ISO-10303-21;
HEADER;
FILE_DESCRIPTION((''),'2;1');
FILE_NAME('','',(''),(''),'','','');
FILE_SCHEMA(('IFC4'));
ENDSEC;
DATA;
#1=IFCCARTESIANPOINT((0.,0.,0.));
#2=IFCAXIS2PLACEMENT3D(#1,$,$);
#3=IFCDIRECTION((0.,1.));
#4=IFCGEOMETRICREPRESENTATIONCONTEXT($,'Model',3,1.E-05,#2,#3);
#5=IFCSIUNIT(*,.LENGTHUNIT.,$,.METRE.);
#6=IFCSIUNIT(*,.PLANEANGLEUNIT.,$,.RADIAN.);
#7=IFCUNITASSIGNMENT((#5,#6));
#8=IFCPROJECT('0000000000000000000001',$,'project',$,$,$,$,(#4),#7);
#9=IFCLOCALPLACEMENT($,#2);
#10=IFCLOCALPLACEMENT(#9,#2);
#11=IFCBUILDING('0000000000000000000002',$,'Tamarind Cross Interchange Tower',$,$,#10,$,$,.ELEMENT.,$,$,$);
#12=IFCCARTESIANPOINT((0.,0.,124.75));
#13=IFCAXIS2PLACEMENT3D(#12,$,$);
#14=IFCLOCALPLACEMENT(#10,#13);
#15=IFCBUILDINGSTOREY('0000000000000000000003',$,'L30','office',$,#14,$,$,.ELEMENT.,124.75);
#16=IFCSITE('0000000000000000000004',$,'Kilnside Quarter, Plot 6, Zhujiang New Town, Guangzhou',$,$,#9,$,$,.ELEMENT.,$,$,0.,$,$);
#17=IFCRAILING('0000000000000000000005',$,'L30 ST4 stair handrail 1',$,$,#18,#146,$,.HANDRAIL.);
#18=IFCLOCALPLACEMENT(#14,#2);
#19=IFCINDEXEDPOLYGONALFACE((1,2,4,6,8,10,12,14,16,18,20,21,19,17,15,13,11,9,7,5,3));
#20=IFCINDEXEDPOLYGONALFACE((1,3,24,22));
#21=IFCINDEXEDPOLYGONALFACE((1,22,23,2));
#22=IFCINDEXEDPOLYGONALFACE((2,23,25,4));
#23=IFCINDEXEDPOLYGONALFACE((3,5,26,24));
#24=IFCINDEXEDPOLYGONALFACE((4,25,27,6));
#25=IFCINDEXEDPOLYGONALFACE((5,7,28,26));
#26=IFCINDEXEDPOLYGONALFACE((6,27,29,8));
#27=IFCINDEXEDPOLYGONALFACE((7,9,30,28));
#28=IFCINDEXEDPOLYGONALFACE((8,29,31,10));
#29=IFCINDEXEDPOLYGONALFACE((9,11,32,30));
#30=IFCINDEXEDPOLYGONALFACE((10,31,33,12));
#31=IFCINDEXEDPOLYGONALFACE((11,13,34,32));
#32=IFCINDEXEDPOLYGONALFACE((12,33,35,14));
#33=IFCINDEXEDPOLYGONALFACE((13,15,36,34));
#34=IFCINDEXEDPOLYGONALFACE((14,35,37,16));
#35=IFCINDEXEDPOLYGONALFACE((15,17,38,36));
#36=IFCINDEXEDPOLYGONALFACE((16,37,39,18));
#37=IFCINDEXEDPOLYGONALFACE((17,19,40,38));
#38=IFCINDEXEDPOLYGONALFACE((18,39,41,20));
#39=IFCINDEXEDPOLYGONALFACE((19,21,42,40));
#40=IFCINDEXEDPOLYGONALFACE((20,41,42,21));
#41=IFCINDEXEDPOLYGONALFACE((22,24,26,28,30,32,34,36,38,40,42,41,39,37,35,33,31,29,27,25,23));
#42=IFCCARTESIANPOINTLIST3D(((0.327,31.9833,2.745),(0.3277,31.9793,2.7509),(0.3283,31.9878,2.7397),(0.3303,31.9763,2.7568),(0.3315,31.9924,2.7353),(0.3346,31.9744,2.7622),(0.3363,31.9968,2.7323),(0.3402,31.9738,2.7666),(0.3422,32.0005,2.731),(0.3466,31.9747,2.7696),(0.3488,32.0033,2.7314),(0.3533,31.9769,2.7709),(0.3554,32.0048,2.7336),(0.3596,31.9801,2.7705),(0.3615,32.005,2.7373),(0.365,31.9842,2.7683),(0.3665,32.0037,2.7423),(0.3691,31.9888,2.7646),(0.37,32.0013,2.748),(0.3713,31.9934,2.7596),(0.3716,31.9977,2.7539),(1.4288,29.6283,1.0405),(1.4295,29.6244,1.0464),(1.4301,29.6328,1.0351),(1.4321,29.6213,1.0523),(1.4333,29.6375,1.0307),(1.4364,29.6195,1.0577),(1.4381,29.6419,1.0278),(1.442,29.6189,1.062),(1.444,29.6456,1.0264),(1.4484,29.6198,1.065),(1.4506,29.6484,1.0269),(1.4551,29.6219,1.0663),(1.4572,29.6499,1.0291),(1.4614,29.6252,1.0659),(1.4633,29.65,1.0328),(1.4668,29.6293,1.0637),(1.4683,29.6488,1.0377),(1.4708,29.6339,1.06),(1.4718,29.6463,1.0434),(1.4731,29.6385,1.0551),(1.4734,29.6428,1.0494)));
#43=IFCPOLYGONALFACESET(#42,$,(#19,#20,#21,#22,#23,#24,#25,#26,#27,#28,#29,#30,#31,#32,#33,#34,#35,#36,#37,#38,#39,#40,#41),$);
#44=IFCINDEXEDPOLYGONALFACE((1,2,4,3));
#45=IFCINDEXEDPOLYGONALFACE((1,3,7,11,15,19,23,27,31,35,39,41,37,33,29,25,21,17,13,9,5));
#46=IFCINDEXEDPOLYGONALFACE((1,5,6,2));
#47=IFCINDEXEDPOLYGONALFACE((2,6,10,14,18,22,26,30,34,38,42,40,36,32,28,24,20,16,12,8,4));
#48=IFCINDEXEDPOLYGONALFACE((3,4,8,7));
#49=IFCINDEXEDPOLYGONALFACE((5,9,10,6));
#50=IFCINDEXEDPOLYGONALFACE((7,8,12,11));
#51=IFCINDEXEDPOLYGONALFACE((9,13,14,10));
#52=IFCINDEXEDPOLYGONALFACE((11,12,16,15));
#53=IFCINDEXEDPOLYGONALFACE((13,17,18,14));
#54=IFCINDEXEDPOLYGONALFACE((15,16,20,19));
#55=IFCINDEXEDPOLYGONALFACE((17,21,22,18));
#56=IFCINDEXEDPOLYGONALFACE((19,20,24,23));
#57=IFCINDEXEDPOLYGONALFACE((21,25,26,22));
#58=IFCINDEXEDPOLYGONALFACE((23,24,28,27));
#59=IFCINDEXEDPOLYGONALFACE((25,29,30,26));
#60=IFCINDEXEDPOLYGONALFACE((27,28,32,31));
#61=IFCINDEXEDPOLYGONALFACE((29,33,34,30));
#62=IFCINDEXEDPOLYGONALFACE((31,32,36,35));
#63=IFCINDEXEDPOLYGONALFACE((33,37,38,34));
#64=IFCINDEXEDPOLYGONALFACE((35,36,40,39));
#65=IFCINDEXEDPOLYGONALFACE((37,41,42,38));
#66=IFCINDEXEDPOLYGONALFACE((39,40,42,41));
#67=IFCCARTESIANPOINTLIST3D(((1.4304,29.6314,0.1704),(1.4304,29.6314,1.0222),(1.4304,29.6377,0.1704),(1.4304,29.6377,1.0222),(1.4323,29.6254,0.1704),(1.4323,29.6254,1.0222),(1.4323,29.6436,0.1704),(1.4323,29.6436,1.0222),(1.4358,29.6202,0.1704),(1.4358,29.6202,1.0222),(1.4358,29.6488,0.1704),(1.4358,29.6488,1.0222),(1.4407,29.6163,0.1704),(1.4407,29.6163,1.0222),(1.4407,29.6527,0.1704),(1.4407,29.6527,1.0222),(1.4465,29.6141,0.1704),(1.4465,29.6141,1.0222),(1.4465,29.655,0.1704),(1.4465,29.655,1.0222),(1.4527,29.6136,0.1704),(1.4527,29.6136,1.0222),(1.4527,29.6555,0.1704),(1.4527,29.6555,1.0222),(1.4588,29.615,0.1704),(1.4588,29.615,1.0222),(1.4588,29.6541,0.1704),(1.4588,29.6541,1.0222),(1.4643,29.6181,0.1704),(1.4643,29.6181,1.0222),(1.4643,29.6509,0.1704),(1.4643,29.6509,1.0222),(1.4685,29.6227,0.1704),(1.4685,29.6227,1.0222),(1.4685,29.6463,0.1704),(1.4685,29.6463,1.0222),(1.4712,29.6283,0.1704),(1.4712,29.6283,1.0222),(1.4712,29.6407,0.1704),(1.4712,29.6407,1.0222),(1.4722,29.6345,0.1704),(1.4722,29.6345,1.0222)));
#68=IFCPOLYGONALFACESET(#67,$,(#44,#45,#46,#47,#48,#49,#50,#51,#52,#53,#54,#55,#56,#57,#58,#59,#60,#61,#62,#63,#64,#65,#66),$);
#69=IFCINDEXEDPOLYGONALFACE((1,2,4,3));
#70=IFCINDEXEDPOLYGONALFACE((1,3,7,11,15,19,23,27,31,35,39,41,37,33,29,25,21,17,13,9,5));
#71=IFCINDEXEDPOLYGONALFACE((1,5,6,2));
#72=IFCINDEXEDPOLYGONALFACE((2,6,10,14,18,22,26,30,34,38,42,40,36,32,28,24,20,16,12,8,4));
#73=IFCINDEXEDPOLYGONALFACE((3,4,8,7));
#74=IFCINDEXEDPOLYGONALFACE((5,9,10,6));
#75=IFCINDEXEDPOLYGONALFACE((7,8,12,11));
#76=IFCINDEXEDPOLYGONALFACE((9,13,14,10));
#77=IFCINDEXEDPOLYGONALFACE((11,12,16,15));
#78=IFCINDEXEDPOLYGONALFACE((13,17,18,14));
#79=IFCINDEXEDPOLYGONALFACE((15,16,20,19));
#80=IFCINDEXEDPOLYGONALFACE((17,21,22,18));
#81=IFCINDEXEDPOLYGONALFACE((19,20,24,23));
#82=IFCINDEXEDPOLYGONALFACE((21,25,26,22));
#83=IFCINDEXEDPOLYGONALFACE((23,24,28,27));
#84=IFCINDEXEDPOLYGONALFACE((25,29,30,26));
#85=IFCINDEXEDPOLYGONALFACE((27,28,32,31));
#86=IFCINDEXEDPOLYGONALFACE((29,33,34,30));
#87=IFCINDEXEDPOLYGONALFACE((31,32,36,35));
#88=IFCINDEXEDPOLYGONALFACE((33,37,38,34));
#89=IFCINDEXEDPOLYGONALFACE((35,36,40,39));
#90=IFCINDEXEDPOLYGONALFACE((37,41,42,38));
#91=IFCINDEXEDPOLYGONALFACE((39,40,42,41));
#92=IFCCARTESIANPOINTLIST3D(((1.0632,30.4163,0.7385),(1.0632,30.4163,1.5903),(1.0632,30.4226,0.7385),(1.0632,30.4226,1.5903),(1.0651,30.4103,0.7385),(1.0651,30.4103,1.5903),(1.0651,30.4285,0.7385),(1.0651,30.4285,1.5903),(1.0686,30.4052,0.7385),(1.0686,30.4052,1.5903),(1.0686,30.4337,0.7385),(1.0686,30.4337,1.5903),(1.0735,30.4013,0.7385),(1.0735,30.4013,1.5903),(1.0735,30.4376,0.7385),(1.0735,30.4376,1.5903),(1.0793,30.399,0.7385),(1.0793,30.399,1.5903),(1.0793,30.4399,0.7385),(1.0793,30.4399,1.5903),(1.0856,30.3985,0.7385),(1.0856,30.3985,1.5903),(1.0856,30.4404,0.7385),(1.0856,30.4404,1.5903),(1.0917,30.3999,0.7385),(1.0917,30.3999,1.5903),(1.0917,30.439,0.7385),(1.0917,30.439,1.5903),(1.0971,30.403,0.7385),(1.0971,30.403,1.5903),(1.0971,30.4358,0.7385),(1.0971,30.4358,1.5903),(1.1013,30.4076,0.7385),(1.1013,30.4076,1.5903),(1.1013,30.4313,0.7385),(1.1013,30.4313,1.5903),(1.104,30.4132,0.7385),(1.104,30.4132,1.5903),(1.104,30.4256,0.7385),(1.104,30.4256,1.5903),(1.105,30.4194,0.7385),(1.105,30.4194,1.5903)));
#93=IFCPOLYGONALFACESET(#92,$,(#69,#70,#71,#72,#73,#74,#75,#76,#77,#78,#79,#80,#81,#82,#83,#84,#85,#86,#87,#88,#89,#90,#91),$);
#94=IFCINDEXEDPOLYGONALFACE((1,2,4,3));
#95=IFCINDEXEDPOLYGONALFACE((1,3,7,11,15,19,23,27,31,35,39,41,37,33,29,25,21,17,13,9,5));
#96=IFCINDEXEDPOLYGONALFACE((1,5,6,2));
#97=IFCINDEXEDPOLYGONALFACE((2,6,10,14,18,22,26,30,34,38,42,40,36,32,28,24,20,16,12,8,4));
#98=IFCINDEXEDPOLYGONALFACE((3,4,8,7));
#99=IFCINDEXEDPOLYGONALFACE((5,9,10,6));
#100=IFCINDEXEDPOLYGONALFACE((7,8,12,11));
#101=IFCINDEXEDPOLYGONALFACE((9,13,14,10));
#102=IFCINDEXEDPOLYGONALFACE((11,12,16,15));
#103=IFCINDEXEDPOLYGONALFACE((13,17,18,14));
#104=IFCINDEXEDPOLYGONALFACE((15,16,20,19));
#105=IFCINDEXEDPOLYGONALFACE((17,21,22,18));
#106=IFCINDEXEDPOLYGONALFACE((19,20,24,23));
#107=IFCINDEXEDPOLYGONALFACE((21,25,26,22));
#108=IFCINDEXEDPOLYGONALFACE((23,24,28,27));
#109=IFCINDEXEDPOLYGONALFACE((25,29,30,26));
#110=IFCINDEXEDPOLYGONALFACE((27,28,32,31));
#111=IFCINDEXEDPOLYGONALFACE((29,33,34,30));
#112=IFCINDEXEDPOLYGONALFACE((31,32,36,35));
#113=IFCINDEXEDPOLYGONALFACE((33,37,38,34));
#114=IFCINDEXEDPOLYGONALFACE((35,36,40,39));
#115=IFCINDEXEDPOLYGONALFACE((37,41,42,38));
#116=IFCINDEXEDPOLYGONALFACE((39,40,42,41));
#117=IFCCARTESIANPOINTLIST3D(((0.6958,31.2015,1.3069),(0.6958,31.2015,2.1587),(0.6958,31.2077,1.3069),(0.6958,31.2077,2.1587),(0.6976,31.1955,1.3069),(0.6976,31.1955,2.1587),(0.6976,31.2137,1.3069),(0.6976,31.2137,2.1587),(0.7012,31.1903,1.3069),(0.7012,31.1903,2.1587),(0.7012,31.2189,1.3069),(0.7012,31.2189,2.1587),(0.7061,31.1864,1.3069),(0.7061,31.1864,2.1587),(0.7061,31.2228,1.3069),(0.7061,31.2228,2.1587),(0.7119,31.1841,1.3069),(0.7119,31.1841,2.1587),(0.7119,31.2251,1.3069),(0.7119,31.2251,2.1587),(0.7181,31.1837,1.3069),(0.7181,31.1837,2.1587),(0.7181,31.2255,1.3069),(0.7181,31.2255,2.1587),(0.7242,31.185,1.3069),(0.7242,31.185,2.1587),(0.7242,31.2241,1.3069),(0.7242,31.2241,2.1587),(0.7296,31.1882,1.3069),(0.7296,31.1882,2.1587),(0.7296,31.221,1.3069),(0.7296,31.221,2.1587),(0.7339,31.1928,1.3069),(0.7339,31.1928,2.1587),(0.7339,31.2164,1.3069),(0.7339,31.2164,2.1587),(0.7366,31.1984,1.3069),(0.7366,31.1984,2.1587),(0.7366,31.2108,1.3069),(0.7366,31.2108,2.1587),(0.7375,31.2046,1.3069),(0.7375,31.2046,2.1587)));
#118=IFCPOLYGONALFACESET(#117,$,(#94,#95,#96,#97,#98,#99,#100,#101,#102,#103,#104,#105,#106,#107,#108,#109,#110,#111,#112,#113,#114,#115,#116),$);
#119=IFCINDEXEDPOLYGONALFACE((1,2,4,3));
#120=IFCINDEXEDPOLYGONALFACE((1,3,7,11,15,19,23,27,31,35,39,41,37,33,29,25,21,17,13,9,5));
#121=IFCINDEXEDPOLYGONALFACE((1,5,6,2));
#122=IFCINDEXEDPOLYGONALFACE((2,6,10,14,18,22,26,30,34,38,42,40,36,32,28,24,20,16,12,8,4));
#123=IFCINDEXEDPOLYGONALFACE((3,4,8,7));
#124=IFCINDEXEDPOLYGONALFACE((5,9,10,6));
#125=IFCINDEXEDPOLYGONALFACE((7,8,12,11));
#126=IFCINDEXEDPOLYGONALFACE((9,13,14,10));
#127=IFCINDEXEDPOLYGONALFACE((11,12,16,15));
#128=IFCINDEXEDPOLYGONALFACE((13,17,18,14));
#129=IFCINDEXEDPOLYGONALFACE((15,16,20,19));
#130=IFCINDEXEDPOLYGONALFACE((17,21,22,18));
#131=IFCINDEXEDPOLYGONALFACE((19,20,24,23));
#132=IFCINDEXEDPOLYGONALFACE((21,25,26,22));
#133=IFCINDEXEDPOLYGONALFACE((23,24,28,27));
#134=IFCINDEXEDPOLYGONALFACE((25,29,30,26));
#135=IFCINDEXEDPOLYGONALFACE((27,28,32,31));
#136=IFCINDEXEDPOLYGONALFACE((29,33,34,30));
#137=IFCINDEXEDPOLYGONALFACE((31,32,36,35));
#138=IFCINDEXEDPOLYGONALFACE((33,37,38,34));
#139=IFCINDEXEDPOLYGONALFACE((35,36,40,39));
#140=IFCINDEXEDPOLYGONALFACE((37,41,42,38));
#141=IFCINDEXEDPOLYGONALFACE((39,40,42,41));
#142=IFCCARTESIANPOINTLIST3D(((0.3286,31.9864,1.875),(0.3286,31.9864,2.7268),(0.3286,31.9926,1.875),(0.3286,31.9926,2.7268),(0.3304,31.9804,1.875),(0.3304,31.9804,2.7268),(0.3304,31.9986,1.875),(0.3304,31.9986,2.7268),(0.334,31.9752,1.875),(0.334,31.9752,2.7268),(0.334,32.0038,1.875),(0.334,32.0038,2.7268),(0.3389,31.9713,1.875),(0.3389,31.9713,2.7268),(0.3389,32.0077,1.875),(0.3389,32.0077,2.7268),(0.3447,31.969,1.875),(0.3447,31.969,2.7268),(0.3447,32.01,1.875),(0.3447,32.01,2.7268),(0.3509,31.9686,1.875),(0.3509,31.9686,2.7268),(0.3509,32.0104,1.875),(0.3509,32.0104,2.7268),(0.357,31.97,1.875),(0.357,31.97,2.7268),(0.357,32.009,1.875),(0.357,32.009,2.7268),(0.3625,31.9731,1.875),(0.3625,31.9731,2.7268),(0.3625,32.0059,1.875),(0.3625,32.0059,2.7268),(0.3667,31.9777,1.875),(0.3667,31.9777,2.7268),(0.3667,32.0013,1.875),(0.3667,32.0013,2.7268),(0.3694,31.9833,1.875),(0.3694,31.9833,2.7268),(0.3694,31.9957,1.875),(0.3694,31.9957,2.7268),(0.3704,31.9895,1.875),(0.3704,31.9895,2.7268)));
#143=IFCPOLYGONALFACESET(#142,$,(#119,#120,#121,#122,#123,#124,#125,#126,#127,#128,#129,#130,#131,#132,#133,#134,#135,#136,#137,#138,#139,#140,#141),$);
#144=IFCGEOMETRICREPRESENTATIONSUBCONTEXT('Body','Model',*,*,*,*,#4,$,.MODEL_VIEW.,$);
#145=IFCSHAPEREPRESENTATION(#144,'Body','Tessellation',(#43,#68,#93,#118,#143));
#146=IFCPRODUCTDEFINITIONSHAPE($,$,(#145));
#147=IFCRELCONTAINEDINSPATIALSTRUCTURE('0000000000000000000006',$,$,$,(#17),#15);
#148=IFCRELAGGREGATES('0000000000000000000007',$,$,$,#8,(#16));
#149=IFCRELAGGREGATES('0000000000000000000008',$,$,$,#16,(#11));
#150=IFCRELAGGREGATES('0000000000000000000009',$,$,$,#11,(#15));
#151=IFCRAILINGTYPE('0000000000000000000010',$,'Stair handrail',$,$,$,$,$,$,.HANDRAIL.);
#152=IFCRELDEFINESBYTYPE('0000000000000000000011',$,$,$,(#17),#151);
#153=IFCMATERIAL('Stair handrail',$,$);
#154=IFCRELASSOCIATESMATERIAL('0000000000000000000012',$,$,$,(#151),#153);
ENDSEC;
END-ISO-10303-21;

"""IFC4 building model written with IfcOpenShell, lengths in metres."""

from ifc_helpers import new_model, si_unit, direction, frame, origin, origin_2d, place, context, subcontext, project, spatial, circle, extrude, material, type_object, element, save


model = new_model("IFC4")

# Units and contexts
model_context = context("Model", 3, precision=1e-05, world=origin(), true_north=direction((0.0, 1.0)))
body_context = subcontext(model_context, "Body", "Model", "MODEL_VIEW")
ifc_project = project(units=[si_unit("LENGTHUNIT", "METRE"), si_unit("PLANEANGLEUNIT", "RADIAN")], contexts=[model_context])

# Site, building, storey
site_placement = place(None, origin())
site = spatial("IfcSite", under=ifc_project, at=site_placement, Name="Kilnside Quarter, Plot 6, Zhujiang New Town, Guangzhou", CompositionType="ELEMENT", RefElevation=0.0)
building_placement = place(site_placement, origin())
building = spatial("IfcBuilding", under=site, at=building_placement, Name="Tamarind Cross Interchange Tower", CompositionType="ELEMENT")
storey_placement = place(building_placement, frame((0.0, 0.0, 124.75)))
storey = spatial("IfcBuildingStorey", under=building, at=storey_placement, Name="L30", Description="office", CompositionType="ELEMENT", Elevation=124.75)

# Railing
ifc_material_1 = material(Name="Stair handrail")
railing_type_1 = type_object("IfcRailingType", Name="Stair handrail", PredefinedType="HANDRAIL", material=ifc_material_1)
railing_1_placement = place(storey_placement, frame((1.4512, 29.6345, 0.1704)))
element("IfcRailing", 1, at=railing_1_placement, inside=storey, type_object=railing_type_1, Name="L30 ST4 stair handrail 1", PredefinedType="HANDRAIL", context=body_context, shape_type="SweptSolid", body=[
    extrude(circle(Radius=0.0239, at=origin_2d()), frame((0.0, 0.0, 0.876), z_axis=(-0.354399, 0.757485, 0.548286), x_axis=(-0.905768, -0.423775, 0.0)), (0.0, 0.0, 1.0), 3.1089),
    extrude(circle(Radius=0.021, at=origin_2d()), origin(), (0.0, 0.0, 1.0), 0.8518),
    extrude(circle(Radius=0.021, at=origin_2d()), frame((-0.3672, 0.7849, 0.5681)), (0.0, 0.0, 1.0), 0.8518),
    extrude(circle(Radius=0.021, at=origin_2d()), frame((-0.7346, 1.5701, 1.1365)), (0.0, 0.0, 1.0), 0.8518),
    extrude(circle(Radius=0.021, at=origin_2d()), frame((-1.1018, 2.355, 1.7046)), (0.0, 0.0, 1.0), 0.8518),
])

save(model, "model.ifc")
